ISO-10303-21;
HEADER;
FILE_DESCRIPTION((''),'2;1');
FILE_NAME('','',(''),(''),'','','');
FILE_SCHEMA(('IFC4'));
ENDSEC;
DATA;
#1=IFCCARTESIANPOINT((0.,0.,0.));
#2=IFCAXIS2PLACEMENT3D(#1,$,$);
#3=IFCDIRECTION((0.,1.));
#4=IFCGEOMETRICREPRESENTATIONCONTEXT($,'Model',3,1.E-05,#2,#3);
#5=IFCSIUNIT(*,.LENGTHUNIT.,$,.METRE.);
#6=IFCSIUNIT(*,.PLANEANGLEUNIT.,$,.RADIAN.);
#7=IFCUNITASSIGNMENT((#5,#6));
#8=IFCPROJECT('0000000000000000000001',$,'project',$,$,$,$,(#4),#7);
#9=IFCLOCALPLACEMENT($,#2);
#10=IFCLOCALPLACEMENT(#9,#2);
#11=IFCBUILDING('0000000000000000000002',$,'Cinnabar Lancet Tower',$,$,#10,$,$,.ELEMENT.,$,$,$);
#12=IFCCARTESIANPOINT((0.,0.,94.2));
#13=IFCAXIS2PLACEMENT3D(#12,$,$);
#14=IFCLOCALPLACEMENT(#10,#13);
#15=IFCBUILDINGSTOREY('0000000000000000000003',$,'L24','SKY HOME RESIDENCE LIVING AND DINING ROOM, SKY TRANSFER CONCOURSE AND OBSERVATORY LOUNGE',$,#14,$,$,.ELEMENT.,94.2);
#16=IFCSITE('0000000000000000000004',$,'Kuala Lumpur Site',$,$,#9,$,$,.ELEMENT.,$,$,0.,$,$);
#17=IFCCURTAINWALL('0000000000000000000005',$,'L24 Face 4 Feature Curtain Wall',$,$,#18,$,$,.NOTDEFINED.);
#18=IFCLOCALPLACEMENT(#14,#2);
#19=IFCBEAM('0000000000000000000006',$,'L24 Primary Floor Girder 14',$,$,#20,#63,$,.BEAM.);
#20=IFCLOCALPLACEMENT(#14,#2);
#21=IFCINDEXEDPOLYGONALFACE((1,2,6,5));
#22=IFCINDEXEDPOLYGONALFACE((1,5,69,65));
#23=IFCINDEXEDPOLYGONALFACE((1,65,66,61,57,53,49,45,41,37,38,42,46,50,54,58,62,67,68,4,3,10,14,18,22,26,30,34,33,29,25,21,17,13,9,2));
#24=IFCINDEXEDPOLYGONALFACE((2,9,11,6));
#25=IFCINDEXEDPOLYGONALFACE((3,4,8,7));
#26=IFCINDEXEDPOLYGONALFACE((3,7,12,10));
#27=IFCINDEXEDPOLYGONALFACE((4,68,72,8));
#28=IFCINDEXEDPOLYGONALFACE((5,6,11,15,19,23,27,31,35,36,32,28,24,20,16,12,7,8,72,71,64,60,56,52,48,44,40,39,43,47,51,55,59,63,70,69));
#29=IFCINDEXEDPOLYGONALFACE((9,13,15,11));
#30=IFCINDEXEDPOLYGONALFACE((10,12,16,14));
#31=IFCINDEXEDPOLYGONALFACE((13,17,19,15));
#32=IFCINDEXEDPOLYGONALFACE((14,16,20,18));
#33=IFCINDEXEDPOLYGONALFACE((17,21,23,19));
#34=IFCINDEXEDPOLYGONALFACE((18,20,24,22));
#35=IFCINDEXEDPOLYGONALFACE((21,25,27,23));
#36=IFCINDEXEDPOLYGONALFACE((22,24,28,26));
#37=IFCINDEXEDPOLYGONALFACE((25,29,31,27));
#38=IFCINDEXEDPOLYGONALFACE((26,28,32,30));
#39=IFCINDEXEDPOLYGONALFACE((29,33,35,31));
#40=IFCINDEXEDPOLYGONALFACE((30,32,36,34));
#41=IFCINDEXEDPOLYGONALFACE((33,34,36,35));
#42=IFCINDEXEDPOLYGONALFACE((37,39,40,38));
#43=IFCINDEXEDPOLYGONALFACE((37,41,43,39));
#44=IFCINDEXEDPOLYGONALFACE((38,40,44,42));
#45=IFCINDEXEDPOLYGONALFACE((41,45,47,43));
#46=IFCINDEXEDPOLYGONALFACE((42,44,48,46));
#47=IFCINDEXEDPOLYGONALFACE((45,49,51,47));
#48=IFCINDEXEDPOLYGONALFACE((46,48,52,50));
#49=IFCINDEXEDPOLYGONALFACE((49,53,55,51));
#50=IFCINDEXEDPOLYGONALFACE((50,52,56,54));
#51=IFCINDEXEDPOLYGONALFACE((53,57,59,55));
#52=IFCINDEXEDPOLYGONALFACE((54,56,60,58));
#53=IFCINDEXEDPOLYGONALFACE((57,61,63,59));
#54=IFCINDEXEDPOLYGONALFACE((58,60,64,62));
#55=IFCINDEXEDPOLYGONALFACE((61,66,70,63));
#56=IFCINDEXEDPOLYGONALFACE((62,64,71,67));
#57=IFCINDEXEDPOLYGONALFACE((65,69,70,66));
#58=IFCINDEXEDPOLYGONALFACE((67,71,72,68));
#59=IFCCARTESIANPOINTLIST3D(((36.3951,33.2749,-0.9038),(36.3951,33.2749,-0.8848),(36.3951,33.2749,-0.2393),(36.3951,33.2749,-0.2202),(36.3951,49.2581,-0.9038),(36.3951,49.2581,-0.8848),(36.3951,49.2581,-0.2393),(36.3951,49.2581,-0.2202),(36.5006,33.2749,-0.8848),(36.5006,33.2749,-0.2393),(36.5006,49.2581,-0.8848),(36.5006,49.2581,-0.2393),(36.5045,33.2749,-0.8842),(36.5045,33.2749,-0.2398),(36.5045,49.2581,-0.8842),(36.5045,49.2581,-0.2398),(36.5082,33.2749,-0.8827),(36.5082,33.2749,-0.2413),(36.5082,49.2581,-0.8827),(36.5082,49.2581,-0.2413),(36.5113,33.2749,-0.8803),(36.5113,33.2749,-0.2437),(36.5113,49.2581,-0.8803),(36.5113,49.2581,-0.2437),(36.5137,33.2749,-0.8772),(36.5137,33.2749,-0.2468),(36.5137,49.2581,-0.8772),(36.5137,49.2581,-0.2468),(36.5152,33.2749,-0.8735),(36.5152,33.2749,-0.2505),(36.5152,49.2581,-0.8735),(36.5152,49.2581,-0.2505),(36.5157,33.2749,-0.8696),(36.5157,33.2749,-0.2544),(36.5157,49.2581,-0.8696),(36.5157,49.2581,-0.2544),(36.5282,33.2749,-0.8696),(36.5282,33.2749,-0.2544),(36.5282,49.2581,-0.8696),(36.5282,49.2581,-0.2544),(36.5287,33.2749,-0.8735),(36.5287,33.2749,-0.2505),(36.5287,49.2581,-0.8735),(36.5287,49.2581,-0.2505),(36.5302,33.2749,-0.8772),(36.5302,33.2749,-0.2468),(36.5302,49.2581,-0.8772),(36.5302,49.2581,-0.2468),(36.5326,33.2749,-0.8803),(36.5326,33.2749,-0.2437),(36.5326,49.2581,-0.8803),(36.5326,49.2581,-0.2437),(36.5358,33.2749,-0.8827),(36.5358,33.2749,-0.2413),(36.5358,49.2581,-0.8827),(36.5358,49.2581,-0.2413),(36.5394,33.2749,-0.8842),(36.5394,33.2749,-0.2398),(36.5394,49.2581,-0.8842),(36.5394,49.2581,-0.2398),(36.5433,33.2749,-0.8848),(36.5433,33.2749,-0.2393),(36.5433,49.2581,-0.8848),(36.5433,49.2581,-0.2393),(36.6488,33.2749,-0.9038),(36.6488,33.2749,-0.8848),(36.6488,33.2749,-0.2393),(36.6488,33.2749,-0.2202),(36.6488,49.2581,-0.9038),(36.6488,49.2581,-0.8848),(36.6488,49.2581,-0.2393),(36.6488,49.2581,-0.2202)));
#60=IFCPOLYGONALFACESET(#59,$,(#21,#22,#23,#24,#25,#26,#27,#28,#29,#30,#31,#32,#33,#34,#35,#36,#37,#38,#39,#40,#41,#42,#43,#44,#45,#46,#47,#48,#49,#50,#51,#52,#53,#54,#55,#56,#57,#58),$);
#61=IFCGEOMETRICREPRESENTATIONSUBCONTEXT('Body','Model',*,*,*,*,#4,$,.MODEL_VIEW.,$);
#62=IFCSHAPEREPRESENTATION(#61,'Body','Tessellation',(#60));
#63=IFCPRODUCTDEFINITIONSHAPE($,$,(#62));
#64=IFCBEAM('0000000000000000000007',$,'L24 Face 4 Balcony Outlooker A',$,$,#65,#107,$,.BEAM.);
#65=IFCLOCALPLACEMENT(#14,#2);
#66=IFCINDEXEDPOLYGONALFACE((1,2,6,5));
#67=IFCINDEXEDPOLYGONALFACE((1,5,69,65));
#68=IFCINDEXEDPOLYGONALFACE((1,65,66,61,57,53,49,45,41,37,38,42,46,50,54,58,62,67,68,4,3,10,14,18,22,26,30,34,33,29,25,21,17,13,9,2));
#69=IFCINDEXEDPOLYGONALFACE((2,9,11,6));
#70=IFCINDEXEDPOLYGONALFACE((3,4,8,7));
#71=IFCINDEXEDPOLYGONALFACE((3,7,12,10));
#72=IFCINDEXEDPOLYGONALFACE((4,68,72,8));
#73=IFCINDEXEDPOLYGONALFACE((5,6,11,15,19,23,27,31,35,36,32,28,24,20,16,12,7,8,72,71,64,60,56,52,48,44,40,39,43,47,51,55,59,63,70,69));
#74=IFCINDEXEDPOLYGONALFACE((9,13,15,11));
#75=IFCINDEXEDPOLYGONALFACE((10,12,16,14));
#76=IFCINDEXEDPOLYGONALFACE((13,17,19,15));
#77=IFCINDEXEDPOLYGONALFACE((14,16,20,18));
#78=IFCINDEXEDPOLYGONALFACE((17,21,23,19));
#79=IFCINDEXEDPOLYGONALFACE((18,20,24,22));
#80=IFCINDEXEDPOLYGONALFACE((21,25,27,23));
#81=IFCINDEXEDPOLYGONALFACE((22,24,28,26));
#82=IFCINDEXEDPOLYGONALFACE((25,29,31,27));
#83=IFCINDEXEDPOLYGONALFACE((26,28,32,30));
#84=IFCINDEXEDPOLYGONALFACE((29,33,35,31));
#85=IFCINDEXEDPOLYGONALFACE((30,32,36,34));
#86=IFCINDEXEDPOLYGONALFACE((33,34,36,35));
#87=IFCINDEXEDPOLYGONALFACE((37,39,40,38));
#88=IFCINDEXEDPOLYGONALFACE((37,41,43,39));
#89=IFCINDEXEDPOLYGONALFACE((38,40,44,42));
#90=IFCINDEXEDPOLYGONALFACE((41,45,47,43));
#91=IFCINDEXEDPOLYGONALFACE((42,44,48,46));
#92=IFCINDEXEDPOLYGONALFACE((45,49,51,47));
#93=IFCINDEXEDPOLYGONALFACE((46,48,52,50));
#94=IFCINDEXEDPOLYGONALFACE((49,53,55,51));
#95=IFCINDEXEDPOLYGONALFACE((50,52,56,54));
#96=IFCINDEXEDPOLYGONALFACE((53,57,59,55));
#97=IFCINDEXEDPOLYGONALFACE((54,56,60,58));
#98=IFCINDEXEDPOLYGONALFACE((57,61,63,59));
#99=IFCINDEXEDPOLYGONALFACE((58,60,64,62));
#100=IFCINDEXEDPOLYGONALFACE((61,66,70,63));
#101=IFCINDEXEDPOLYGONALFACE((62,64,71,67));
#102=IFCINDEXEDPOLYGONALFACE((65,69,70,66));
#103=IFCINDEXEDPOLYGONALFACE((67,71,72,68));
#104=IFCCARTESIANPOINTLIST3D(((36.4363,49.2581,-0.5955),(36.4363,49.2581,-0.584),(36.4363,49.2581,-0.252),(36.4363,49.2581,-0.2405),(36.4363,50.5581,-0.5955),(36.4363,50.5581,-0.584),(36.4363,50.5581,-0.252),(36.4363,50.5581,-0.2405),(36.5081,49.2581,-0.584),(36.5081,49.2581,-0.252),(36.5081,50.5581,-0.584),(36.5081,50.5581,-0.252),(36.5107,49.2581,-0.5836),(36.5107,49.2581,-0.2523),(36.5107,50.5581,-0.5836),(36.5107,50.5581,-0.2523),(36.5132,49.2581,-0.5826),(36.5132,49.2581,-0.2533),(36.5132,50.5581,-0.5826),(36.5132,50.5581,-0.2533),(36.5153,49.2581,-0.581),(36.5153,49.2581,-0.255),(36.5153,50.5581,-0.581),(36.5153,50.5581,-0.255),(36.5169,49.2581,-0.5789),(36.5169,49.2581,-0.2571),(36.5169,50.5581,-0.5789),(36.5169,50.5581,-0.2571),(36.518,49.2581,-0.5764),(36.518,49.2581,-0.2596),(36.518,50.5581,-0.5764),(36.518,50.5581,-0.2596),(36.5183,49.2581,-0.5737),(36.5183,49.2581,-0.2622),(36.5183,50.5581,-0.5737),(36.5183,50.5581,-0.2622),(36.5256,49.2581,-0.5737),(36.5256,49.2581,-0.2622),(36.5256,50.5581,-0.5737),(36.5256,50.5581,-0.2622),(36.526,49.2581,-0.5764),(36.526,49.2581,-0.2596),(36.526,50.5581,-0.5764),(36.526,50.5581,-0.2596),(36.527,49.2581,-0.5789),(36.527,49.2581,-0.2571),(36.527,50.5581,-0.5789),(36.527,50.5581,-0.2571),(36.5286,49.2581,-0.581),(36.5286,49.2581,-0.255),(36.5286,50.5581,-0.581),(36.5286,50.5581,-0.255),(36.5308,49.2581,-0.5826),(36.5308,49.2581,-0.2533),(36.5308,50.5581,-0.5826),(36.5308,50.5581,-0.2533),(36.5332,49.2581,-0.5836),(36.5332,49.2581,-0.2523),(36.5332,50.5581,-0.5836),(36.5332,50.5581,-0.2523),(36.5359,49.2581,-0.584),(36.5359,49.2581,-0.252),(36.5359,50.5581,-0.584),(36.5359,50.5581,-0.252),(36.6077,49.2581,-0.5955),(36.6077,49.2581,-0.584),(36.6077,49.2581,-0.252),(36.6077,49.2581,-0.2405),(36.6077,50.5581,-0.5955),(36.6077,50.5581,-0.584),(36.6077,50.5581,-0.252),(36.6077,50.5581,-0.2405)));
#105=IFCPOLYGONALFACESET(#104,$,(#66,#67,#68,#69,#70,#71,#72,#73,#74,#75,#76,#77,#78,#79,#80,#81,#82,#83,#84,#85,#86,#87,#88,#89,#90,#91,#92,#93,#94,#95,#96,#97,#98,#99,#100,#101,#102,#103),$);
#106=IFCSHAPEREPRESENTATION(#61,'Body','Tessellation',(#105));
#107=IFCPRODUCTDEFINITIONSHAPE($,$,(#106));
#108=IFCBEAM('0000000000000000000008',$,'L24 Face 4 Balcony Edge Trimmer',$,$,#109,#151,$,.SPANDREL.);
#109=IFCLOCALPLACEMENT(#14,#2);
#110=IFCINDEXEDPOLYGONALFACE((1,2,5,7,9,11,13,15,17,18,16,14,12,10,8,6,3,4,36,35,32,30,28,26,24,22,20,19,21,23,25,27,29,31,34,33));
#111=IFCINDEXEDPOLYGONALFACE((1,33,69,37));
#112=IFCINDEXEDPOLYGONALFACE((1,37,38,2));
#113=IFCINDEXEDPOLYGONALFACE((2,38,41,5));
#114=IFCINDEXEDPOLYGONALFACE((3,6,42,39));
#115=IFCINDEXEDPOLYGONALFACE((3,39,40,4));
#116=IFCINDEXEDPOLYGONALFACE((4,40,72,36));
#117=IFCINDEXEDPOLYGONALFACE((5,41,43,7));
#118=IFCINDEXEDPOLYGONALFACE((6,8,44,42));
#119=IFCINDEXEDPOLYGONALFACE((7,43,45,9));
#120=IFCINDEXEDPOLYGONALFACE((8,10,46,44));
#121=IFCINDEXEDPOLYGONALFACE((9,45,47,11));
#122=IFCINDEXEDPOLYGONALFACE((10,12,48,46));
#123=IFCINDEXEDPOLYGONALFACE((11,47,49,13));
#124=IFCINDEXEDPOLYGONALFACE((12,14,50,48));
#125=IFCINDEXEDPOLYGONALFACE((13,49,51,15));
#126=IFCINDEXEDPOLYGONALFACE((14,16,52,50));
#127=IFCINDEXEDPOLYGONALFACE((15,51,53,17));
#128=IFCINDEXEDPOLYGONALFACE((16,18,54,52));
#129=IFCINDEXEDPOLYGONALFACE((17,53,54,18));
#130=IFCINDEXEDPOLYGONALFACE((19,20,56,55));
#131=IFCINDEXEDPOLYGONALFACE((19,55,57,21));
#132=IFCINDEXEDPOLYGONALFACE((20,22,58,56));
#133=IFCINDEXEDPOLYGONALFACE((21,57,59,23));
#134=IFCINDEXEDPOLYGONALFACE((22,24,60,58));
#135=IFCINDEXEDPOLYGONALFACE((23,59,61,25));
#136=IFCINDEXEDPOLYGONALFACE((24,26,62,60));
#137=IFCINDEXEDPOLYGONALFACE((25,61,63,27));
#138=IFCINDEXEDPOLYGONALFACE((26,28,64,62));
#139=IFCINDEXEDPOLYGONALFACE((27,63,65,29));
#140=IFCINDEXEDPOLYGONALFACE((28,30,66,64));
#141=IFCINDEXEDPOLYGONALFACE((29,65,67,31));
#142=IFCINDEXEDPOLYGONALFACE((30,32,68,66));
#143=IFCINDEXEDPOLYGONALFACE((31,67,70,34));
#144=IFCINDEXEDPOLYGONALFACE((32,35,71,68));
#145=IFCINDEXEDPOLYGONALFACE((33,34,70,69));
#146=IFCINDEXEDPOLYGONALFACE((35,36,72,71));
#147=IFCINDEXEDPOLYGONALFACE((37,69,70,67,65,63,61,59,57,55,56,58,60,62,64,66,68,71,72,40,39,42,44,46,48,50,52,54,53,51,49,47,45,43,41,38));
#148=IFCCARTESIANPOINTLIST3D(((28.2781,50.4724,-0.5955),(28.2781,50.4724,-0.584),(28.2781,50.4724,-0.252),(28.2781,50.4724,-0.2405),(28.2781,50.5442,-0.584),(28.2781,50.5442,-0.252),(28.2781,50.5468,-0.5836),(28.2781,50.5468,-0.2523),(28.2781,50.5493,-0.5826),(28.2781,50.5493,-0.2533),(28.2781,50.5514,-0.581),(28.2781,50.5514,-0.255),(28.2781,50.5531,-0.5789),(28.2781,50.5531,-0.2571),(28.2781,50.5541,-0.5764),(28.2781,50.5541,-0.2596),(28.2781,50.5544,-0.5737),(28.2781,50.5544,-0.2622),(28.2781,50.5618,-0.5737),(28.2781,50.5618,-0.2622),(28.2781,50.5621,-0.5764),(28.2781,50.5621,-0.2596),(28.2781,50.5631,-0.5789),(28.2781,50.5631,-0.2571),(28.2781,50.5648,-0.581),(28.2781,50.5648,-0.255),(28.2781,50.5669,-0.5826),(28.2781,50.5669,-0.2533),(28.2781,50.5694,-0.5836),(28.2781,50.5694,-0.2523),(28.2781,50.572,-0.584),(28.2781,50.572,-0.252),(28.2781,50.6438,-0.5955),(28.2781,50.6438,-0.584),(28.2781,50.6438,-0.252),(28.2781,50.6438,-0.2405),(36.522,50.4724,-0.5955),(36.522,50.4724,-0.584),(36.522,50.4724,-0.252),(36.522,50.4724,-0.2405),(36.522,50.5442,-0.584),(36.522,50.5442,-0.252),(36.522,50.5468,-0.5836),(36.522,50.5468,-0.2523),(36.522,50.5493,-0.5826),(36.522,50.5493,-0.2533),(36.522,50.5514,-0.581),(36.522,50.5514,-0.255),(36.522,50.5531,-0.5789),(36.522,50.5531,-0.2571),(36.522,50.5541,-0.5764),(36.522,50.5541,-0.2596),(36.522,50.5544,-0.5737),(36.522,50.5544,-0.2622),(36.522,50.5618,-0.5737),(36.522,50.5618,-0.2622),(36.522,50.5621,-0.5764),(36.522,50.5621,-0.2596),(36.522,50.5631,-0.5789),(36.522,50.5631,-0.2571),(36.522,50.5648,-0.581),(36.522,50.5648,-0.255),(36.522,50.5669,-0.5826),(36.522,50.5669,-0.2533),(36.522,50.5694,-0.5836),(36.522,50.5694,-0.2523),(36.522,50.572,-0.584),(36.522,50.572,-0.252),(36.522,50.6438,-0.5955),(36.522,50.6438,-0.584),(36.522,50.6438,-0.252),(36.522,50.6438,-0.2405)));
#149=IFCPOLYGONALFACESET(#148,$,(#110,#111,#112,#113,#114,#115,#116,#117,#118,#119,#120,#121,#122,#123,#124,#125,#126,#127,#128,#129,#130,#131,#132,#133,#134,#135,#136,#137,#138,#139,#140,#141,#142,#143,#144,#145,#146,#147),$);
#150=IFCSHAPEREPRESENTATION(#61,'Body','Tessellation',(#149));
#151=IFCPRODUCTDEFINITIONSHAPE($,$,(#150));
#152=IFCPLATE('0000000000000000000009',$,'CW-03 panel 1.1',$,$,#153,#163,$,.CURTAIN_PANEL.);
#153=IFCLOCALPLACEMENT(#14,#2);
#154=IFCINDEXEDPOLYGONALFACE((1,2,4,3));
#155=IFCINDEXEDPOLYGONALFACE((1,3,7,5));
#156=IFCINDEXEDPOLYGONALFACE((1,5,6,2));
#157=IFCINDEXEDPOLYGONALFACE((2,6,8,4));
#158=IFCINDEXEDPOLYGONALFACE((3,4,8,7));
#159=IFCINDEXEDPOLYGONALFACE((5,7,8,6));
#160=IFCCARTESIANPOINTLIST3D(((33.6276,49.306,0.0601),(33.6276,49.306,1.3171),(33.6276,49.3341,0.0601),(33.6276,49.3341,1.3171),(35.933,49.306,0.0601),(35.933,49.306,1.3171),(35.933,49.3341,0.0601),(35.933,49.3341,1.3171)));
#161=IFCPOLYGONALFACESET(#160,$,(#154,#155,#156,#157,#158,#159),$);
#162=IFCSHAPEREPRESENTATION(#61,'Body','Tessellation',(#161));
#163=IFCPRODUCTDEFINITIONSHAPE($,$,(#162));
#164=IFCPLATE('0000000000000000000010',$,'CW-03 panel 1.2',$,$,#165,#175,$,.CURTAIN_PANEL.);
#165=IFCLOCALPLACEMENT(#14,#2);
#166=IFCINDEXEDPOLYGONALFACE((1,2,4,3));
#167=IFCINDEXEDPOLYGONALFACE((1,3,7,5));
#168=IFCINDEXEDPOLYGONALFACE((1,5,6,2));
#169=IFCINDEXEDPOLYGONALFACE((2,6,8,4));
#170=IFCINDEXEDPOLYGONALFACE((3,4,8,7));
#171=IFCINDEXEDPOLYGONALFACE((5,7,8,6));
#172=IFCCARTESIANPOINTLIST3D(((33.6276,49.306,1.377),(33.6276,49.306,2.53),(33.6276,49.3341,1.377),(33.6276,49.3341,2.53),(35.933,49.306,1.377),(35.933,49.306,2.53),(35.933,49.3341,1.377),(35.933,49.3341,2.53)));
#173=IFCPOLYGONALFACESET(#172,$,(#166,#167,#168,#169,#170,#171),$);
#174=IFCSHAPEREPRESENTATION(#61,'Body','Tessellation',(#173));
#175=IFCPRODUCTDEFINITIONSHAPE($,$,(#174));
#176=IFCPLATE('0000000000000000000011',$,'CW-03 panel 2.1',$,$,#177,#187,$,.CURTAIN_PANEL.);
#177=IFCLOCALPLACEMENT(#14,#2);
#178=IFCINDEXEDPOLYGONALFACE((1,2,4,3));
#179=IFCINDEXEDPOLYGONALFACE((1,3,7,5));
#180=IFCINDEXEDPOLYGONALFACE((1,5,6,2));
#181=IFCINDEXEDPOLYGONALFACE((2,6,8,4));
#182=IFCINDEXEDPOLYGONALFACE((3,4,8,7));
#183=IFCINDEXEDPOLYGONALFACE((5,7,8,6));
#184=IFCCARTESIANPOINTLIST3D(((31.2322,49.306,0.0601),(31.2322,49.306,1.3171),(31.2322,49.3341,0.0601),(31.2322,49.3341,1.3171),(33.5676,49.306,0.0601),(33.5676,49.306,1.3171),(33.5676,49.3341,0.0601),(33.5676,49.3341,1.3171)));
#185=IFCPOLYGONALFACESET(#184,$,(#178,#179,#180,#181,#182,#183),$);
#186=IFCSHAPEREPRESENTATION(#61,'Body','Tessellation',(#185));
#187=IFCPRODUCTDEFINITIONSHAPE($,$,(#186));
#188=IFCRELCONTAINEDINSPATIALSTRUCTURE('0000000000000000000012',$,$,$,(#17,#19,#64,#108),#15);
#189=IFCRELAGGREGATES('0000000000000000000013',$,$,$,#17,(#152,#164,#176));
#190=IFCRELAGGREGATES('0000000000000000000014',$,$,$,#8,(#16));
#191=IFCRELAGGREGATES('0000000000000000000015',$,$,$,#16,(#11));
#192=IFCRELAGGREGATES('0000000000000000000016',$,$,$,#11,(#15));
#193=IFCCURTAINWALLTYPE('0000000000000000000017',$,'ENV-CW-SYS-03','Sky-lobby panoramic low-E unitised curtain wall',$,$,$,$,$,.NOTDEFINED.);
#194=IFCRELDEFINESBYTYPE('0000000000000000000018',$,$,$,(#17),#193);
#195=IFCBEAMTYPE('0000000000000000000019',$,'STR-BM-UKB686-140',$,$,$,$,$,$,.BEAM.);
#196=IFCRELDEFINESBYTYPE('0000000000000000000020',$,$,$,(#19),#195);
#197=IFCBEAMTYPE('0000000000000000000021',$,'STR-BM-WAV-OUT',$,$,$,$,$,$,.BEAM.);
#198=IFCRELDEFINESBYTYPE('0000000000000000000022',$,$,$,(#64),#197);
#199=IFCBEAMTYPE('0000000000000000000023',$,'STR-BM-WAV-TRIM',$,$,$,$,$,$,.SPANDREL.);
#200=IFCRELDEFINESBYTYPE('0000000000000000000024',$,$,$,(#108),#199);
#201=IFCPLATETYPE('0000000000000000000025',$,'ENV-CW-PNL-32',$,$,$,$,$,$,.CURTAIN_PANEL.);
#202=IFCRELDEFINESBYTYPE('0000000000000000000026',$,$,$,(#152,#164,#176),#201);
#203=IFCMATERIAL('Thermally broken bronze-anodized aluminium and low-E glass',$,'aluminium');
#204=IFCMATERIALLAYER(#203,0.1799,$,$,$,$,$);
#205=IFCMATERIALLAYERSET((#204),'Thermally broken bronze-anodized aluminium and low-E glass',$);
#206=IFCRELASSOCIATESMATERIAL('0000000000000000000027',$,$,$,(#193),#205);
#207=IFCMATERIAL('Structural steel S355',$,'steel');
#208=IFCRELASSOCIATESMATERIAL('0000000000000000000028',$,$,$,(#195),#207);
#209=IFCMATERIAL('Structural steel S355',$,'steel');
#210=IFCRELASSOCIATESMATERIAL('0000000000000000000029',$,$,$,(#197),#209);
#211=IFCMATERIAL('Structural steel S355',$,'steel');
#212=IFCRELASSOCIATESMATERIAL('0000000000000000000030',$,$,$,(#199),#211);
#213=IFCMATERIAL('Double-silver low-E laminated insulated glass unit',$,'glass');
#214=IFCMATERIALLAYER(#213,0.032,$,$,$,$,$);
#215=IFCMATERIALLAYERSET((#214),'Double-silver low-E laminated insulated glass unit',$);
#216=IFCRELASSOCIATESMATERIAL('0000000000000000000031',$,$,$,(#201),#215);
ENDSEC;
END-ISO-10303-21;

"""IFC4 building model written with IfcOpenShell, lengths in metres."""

from ifc_helpers import new_model, si_unit, direction, frame, origin, origin_2d, place, context, subcontext, project, spatial, rectangle, i_section, extrude, material, layer, layer_set, material_profile, profile_set, type_object, element, aggregate, save


model = new_model("IFC4")

# Units and contexts
model_context = context("Model", 3, precision=1e-05, world=origin(), true_north=direction((0.0, 1.0)))
body_context = subcontext(model_context, "Body", "Model", "MODEL_VIEW")
ifc_project = project(units=[si_unit("LENGTHUNIT", "METRE"), si_unit("PLANEANGLEUNIT", "RADIAN")], contexts=[model_context])

# Site, building, storey
site_placement = place(None, origin())
site = spatial("IfcSite", under=ifc_project, at=site_placement, Name="Kuala Lumpur Site", CompositionType="ELEMENT", RefElevation=0.0)
building_placement = place(site_placement, origin())
building = spatial("IfcBuilding", under=site, at=building_placement, Name="Cinnabar Lancet Tower", CompositionType="ELEMENT")
storey_placement = place(building_placement, frame((0.0, 0.0, 94.2)))
storey = spatial("IfcBuildingStorey", under=building, at=storey_placement, Name="L24", Description="SKY HOME RESIDENCE LIVING AND DINING ROOM, SKY TRANSFER CONCOURSE AND OBSERVATORY LOUNGE", CompositionType="ELEMENT", Elevation=94.2)

# Curtain wall
ifc_material_1 = material(Name="Thermally broken bronze-anodized aluminium and low-E glass", Category="aluminium")
ifc_layer_1 = layer(ifc_material_1, 0.1799)
ifc_layer_set_1 = layer_set([ifc_layer_1], Name="Thermally broken bronze-anodized aluminium and low-E glass")
curtain_wall_type = type_object("IfcCurtainWallType", Name="ENV-CW-SYS-03", Description="Sky-lobby panoramic low-E unitised curtain wall", PredefinedType="NOTDEFINED", material=ifc_layer_set_1)
curtain_wall_placement = place(storey_placement, origin())
curtain_wall = element("IfcCurtainWall", 1, at=curtain_wall_placement, inside=storey, type_object=curtain_wall_type, Name="L24 Face 4 Feature Curtain Wall", PredefinedType="NOTDEFINED")

# Beams
ifc_material_2 = material(Name="Structural steel S355", Category="steel")
ifc_material_profile_1 = material_profile(ifc_material_2, i_section(OverallWidth=0.2537, OverallDepth=0.6836, WebThickness=0.0125, FlangeThickness=0.019, FilletRadius=0.0151, at=origin_2d()), Name="UKB 686x254x140")
ifc_profile_set_1 = profile_set([ifc_material_profile_1], Name="Structural steel S355")
beam_type_1 = type_object("IfcBeamType", Name="STR-BM-UKB686-140", PredefinedType="BEAM", material=ifc_profile_set_1)
beam_1_placement = place(storey_placement, frame((36.522, 49.2581, -0.562), z_axis=(0.0, -1.0, 0.0), x_axis=(1.0, 0.0, 0.0)))
element("IfcBeam", 2, at=beam_1_placement, inside=storey, type_object=beam_type_1, Name="L24 Primary Floor Girder 14", PredefinedType="BEAM", context=body_context, shape_type="SweptSolid", body=[
    extrude(i_section(OverallWidth=0.2537, OverallDepth=0.6836, WebThickness=0.0125, FlangeThickness=0.019, FilletRadius=0.0151, at=origin_2d()), origin(), (0.0, 0.0, 1.0), 15.9832),
])
ifc_material_3 = material(Name="Structural steel S355", Category="steel")
ifc_material_profile_2 = material_profile(ifc_material_3, i_section(OverallWidth=0.1714, OverallDepth=0.355, WebThickness=0.0073, FlangeThickness=0.0115, FilletRadius=0.0103, at=origin_2d()), Name="UKB 356x171x51")
ifc_profile_set_2 = profile_set([ifc_material_profile_2], Name="Structural steel S355")
beam_type_2 = type_object("IfcBeamType", Name="STR-BM-WAV-OUT", PredefinedType="BEAM", material=ifc_profile_set_2)
beam_2_placement = place(storey_placement, frame((36.522, 49.2581, -0.418), z_axis=(0.0, 1.0, 0.0), x_axis=(-1.0, 0.0, 0.0)))
element("IfcBeam", 3, at=beam_2_placement, inside=storey, type_object=beam_type_2, Name="L24 Face 4 Balcony Outlooker A", PredefinedType="BEAM", context=body_context, shape_type="SweptSolid", body=[
    extrude(i_section(OverallWidth=0.1714, OverallDepth=0.355, WebThickness=0.0073, FlangeThickness=0.0115, FilletRadius=0.0103, at=origin_2d()), origin(), (0.0, 0.0, 1.0), 1.3),
])
ifc_material_4 = material(Name="Structural steel S355", Category="steel")
ifc_material_profile_3 = material_profile(ifc_material_4, i_section(OverallWidth=0.1714, OverallDepth=0.355, WebThickness=0.0073, FlangeThickness=0.0115, FilletRadius=0.0103, at=origin_2d()), Name="UKB 356x171x51")
ifc_profile_set_3 = profile_set([ifc_material_profile_3], Name="Structural steel S355")
beam_type_3 = type_object("IfcBeamType", Name="STR-BM-WAV-TRIM", PredefinedType="SPANDREL", material=ifc_profile_set_3)
beam_3_placement = place(storey_placement, frame((36.522, 50.5581, -0.418), z_axis=(-1.0, 0.0, 0.0), x_axis=(0.0, -1.0, 0.0)))
element("IfcBeam", 4, at=beam_3_placement, inside=storey, type_object=beam_type_3, Name="L24 Face 4 Balcony Edge Trimmer", PredefinedType="SPANDREL", context=body_context, shape_type="SweptSolid", body=[
    extrude(i_section(OverallWidth=0.1714, OverallDepth=0.355, WebThickness=0.0073, FlangeThickness=0.0115, FilletRadius=0.0103, at=origin_2d()), origin(), (0.0, 0.0, 1.0), 8.2439),
])

# Plates
ifc_material_5 = material(Name="Double-silver low-E laminated insulated glass unit", Category="glass")
ifc_layer_2 = layer(ifc_material_5, 0.032)
ifc_layer_set_2 = layer_set([ifc_layer_2], Name="Double-silver low-E laminated insulated glass unit")
plate_type = type_object("IfcPlateType", Name="ENV-CW-PNL-32", PredefinedType="CURTAIN_PANEL", material=ifc_layer_set_2)
plate_1_placement = place(storey_placement, frame((34.7803, 49.3201, 0.0601), z_axis=(0.0, 0.0, 1.0), x_axis=(-1.0, 0.0, 0.0)))
plate_1 = element("IfcPlate", 5, at=plate_1_placement, type_object=plate_type, Name="CW-03 panel 1.1", PredefinedType="CURTAIN_PANEL", context=body_context, shape_type="SweptSolid", body=[
    extrude(rectangle(XDim=2.3054, YDim=0.0281, at=origin_2d()), origin(), (0.0, 0.0, 1.0), 1.2571),
])
plate_2_placement = place(storey_placement, frame((34.7803, 49.3201, 1.377), z_axis=(0.0, 0.0, 1.0), x_axis=(-1.0, 0.0, 0.0)))
plate_2 = element("IfcPlate", 6, at=plate_2_placement, type_object=plate_type, Name="CW-03 panel 1.2", PredefinedType="CURTAIN_PANEL", context=body_context, shape_type="SweptSolid", body=[
    extrude(rectangle(XDim=2.3054, YDim=0.0281, at=origin_2d()), origin(), (0.0, 0.0, 1.0), 1.1531),
])
plate_3_placement = place(storey_placement, frame((32.3999, 49.3201, 0.0601), z_axis=(0.0, 0.0, 1.0), x_axis=(-1.0, 0.0, 0.0)))
plate_3 = element("IfcPlate", 7, at=plate_3_placement, type_object=plate_type, Name="CW-03 panel 2.1", PredefinedType="CURTAIN_PANEL", context=body_context, shape_type="SweptSolid", body=[
    extrude(rectangle(XDim=2.3354, YDim=0.0281, at=origin_2d()), origin(), (0.0, 0.0, 1.0), 1.2571),
])
aggregate(curtain_wall, [plate_1, plate_2, plate_3])

save(model, "model.ifc")
